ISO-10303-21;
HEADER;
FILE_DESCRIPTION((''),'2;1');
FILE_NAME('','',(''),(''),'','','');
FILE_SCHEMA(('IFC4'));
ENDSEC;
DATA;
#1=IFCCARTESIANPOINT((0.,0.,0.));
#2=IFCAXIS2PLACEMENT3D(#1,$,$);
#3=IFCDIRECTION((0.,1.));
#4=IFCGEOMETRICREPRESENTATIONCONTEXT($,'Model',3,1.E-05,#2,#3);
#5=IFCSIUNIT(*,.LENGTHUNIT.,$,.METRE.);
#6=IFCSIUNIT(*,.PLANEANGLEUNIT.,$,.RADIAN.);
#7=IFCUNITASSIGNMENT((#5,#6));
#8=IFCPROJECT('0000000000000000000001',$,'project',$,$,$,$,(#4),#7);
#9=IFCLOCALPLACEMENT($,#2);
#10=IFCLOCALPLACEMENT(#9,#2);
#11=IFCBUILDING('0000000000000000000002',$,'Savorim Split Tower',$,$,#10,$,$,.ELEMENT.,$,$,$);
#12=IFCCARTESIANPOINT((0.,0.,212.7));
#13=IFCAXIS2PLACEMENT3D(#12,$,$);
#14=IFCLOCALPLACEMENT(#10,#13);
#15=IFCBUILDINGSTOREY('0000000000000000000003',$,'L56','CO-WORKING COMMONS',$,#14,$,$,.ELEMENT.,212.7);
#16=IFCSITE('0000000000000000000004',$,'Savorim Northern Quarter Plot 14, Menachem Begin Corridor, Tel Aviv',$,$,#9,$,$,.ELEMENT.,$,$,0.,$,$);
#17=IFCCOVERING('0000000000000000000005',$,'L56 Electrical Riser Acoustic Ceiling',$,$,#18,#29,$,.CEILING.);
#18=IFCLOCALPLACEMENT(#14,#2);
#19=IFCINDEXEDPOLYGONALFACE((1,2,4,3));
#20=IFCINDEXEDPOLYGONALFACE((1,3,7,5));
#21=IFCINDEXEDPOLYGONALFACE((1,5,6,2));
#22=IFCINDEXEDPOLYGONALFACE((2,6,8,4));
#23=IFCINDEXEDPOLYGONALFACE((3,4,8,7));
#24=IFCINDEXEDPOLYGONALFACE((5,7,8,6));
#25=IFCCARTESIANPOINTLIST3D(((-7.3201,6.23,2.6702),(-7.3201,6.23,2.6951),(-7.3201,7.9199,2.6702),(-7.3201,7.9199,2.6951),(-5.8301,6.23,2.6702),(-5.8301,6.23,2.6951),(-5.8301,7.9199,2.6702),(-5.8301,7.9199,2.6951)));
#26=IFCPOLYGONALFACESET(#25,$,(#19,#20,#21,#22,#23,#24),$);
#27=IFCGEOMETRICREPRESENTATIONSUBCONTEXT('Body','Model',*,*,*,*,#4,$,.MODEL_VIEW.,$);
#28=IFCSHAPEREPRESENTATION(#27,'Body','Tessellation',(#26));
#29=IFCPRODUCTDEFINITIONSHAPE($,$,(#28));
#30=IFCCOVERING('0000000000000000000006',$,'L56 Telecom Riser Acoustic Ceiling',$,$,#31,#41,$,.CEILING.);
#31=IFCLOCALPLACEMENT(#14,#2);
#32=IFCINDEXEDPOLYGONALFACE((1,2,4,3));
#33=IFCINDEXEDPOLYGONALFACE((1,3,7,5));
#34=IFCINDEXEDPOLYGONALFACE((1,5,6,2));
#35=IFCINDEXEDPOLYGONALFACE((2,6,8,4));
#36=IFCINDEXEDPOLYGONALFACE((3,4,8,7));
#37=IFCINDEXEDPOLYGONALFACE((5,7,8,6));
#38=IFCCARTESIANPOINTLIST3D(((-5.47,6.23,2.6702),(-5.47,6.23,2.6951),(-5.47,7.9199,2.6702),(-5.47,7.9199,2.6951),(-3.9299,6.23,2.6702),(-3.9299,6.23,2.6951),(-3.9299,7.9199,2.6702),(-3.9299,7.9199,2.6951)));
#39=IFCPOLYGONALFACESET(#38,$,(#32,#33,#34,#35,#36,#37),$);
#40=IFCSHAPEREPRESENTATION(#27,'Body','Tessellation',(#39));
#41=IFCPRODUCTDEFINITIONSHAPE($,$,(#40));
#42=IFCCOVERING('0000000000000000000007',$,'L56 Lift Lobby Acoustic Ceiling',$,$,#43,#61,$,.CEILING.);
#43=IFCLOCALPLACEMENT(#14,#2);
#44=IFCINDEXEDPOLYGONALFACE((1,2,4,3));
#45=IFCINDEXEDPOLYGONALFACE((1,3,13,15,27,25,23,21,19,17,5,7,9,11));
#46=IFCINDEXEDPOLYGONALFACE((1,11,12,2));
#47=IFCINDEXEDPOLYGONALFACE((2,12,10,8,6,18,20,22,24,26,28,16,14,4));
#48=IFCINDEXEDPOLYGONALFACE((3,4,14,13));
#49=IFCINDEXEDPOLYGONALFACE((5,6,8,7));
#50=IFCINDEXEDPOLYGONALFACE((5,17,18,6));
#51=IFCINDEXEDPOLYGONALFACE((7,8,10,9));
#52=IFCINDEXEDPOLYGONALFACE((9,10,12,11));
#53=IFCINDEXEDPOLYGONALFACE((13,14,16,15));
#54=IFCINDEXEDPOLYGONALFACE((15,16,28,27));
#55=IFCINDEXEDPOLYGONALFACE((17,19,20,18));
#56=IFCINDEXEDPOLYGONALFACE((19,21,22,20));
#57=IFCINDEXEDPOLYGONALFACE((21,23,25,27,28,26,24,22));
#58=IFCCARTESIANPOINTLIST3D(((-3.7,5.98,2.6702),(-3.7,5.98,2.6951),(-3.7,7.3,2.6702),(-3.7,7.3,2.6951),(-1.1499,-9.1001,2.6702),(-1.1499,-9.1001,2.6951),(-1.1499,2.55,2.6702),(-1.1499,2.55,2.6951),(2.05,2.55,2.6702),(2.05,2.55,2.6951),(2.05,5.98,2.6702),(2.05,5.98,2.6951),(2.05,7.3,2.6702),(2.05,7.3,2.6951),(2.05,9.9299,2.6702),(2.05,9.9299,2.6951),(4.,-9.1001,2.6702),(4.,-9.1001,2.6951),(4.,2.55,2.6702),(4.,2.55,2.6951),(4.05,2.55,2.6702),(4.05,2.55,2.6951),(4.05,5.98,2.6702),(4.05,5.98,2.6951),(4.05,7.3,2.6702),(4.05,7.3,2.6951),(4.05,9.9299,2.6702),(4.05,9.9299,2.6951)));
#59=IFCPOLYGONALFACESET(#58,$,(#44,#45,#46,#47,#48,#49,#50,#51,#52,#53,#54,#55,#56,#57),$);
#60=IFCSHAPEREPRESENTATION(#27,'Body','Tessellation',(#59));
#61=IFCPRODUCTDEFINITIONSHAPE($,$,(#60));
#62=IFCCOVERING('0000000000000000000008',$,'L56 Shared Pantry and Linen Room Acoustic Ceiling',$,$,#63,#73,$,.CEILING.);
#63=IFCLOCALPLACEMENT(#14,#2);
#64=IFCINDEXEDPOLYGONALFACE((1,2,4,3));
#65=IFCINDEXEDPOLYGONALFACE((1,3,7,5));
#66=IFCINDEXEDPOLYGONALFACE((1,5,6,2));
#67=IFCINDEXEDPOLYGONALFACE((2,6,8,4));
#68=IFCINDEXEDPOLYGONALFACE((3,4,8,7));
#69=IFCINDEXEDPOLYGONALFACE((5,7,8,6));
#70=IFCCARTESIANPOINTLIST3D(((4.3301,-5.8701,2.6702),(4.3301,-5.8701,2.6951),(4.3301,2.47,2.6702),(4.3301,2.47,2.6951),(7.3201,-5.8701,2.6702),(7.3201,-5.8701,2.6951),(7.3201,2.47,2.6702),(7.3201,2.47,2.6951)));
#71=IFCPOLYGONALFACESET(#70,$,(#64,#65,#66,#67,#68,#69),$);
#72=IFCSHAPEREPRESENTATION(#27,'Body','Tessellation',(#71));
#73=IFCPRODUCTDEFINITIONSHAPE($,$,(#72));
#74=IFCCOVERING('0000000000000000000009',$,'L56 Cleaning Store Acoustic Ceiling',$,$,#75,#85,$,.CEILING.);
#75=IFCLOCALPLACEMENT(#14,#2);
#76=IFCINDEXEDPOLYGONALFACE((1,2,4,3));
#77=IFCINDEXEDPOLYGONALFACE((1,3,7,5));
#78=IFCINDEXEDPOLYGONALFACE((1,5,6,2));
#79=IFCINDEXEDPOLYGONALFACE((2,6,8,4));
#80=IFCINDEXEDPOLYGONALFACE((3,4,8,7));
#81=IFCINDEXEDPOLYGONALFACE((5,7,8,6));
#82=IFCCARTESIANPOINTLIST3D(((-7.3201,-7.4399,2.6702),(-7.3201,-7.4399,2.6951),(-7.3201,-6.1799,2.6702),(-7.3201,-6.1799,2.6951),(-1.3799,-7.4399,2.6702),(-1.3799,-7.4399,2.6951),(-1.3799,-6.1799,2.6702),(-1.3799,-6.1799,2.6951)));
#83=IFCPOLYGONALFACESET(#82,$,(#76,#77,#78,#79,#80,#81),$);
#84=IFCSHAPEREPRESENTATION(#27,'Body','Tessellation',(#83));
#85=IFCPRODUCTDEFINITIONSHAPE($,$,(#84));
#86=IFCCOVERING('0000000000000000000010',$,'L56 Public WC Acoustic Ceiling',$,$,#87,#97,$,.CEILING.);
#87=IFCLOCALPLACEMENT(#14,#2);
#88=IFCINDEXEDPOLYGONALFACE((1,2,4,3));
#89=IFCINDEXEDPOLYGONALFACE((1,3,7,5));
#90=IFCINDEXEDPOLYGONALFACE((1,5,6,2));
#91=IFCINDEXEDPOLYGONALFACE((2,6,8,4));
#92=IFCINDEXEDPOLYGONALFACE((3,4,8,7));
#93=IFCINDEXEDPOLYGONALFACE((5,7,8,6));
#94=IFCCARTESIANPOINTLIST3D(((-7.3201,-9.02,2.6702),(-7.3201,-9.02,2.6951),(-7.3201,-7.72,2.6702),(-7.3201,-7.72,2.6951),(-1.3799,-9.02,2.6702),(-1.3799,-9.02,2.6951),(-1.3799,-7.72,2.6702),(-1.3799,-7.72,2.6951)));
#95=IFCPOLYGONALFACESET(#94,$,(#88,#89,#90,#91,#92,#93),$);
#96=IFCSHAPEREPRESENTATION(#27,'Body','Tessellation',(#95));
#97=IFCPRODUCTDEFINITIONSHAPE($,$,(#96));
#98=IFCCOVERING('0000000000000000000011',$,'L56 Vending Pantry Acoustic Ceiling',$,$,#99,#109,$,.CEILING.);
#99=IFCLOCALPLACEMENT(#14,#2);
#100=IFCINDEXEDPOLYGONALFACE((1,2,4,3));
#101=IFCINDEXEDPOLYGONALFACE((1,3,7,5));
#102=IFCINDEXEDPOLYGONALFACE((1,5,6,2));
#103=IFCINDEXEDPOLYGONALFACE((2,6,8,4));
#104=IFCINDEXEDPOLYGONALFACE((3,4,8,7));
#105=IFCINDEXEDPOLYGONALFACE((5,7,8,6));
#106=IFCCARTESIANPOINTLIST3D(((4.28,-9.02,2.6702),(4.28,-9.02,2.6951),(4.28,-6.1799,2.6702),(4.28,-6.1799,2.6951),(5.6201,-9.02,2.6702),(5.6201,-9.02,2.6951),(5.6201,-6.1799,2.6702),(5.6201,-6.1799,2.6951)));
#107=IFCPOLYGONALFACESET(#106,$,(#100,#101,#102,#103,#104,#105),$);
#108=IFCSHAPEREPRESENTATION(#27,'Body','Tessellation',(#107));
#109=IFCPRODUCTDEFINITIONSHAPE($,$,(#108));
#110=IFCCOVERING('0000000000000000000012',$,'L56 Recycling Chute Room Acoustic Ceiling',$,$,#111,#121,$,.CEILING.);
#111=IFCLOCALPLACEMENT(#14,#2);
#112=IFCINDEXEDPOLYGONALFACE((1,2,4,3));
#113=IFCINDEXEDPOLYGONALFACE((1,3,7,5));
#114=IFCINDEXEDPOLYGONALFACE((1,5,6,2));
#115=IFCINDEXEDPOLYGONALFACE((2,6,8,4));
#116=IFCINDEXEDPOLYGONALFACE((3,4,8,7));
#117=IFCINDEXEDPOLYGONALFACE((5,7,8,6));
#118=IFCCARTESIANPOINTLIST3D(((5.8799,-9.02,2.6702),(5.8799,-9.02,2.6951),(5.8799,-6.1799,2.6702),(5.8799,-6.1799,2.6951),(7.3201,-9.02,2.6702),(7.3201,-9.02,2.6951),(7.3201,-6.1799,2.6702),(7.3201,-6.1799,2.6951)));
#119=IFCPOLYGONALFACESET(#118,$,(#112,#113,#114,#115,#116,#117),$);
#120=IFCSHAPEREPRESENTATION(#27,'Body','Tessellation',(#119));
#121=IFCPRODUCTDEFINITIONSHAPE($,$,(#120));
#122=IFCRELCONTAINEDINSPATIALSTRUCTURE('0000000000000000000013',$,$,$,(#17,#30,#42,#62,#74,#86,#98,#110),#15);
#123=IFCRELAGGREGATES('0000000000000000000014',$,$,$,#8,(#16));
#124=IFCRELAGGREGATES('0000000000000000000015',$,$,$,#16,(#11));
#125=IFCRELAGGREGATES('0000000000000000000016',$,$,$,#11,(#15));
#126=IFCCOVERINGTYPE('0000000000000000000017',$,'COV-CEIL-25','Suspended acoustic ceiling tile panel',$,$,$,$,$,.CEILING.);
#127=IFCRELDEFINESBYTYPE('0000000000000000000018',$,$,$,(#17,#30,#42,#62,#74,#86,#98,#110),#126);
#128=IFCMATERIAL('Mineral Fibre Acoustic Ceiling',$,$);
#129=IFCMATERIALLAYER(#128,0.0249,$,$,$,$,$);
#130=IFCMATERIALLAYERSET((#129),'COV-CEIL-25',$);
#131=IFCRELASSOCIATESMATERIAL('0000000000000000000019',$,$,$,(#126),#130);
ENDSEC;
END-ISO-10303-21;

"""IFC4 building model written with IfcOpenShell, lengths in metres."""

from ifc_helpers import new_model, si_unit, direction, frame, origin, place, context, subcontext, project, spatial, polyline, outline, extrude, material, layer, layer_set, type_object, element, save


model = new_model("IFC4")

# Units and contexts
model_context = context("Model", 3, precision=1e-05, world=origin(), true_north=direction((0.0, 1.0)))
body_context = subcontext(model_context, "Body", "Model", "MODEL_VIEW")
ifc_project = project(units=[si_unit("LENGTHUNIT", "METRE"), si_unit("PLANEANGLEUNIT", "RADIAN")], contexts=[model_context])

# Site, building, storey
site_placement = place(None, origin())
site = spatial("IfcSite", under=ifc_project, at=site_placement, Name="Savorim Northern Quarter Plot 14, Menachem Begin Corridor, Tel Aviv", CompositionType="ELEMENT", RefElevation=0.0)
building_placement = place(site_placement, origin())
building = spatial("IfcBuilding", under=site, at=building_placement, Name="Savorim Split Tower", CompositionType="ELEMENT")
storey_placement = place(building_placement, frame((0.0, 0.0, 212.7)))
storey = spatial("IfcBuildingStorey", under=building, at=storey_placement, Name="L56", Description="CO-WORKING COMMONS", CompositionType="ELEMENT", Elevation=212.7)

# Coverings
ifc_material_1 = material(Name="Mineral Fibre Acoustic Ceiling")
ifc_layer_1 = layer(ifc_material_1, 0.0249)
ifc_layer_set_1 = layer_set([ifc_layer_1], Name="COV-CEIL-25")
covering_type_1 = type_object("IfcCoveringType", Name="COV-CEIL-25", Description="Suspended acoustic ceiling tile panel", PredefinedType="CEILING", material=ifc_layer_set_1)
covering_1_placement = place(storey_placement, frame((0.0, 0.0, 2.6702)))
element("IfcCovering", 1, at=covering_1_placement, inside=storey, type_object=covering_type_1, Name="L56 Electrical Riser Acoustic Ceiling", PredefinedType="CEILING", context=body_context, shape_type="SweptSolid", body=[
    extrude(outline(polyline([(-7.3201, 7.9199), (-7.3201, 6.23), (-5.8301, 6.23), (-5.8301, 7.9199), (-7.3201, 7.9199)])), origin(), (0.0, 0.0, 1.0), 0.0249),
])
covering_2_placement = place(storey_placement, frame((0.0, 0.0, 2.6702)))
element("IfcCovering", 2, at=covering_2_placement, inside=storey, type_object=covering_type_1, Name="L56 Telecom Riser Acoustic Ceiling", PredefinedType="CEILING", context=body_context, shape_type="SweptSolid", body=[
    extrude(outline(polyline([(-5.47, 7.9199), (-5.47, 6.23), (-3.9299, 6.23), (-3.9299, 7.9199), (-5.47, 7.9199)])), origin(), (0.0, 0.0, 1.0), 0.0249),
])
covering_3_placement = place(storey_placement, frame((0.0, 0.0, 2.6702)))
element("IfcCovering", 3, at=covering_3_placement, inside=storey, type_object=covering_type_1, Name="L56 Lift Lobby Acoustic Ceiling", PredefinedType="CEILING", context=body_context, shape_type="SweptSolid", body=[
    extrude(outline(polyline([(2.05, 2.55), (-1.1499, 2.55), (-1.1499, -9.1001), (4.0, -9.1001), (4.0, 2.55), (4.05, 2.55), (4.05, 5.98), (4.05, 7.3), (4.05, 9.9299), (2.05, 9.9299), (2.05, 7.3), (-3.7, 7.3), (-3.7, 5.98), (2.05, 5.98), (2.05, 2.55)])), origin(), (0.0, 0.0, 1.0), 0.0249),
])
covering_4_placement = place(storey_placement, frame((0.0, 0.0, 2.6702)))
element("IfcCovering", 4, at=covering_4_placement, inside=storey, type_object=covering_type_1, Name="L56 Shared Pantry and Linen Room Acoustic Ceiling", PredefinedType="CEILING", context=body_context, shape_type="SweptSolid", body=[
    extrude(outline(polyline([(4.3301, 2.47), (4.3301, -5.8701), (7.3201, -5.8701), (7.3201, 2.47), (4.3301, 2.47)])), origin(), (0.0, 0.0, 1.0), 0.0249),
])
covering_5_placement = place(storey_placement, frame((0.0, 0.0, 2.6702)))
element("IfcCovering", 5, at=covering_5_placement, inside=storey, type_object=covering_type_1, Name="L56 Cleaning Store Acoustic Ceiling", PredefinedType="CEILING", context=body_context, shape_type="SweptSolid", body=[
    extrude(outline(polyline([(-7.3201, -6.1799), (-7.3201, -7.4399), (-1.3799, -7.4399), (-1.3799, -6.1799), (-7.3201, -6.1799)])), origin(), (0.0, 0.0, 1.0), 0.0249),
])
covering_6_placement = place(storey_placement, frame((0.0, 0.0, 2.6702)))
element("IfcCovering", 6, at=covering_6_placement, inside=storey, type_object=covering_type_1, Name="L56 Public WC Acoustic Ceiling", PredefinedType="CEILING", context=body_context, shape_type="SweptSolid", body=[
    extrude(outline(polyline([(-7.3201, -7.72), (-7.3201, -9.02), (-1.3799, -9.02), (-1.3799, -7.72), (-7.3201, -7.72)])), origin(), (0.0, 0.0, 1.0), 0.0249),
])
covering_7_placement = place(storey_placement, frame((0.0, 0.0, 2.6702)))
element("IfcCovering", 7, at=covering_7_placement, inside=storey, type_object=covering_type_1, Name="L56 Vending Pantry Acoustic Ceiling", PredefinedType="CEILING", context=body_context, shape_type="SweptSolid", body=[
    extrude(outline(polyline([(4.28, -6.1799), (4.28, -9.02), (5.6201, -9.02), (5.6201, -6.1799), (4.28, -6.1799)])), origin(), (0.0, 0.0, 1.0), 0.0249),
])
covering_8_placement = place(storey_placement, frame((0.0, 0.0, 2.6702)))
element("IfcCovering", 8, at=covering_8_placement, inside=storey, type_object=covering_type_1, Name="L56 Recycling Chute Room Acoustic Ceiling", PredefinedType="CEILING", context=body_context, shape_type="SweptSolid", body=[
    extrude(outline(polyline([(5.8799, -6.1799), (5.8799, -9.02), (7.3201, -9.02), (7.3201, -6.1799), (5.8799, -6.1799)])), origin(), (0.0, 0.0, 1.0), 0.0249),
])

save(model, "model.ifc")
